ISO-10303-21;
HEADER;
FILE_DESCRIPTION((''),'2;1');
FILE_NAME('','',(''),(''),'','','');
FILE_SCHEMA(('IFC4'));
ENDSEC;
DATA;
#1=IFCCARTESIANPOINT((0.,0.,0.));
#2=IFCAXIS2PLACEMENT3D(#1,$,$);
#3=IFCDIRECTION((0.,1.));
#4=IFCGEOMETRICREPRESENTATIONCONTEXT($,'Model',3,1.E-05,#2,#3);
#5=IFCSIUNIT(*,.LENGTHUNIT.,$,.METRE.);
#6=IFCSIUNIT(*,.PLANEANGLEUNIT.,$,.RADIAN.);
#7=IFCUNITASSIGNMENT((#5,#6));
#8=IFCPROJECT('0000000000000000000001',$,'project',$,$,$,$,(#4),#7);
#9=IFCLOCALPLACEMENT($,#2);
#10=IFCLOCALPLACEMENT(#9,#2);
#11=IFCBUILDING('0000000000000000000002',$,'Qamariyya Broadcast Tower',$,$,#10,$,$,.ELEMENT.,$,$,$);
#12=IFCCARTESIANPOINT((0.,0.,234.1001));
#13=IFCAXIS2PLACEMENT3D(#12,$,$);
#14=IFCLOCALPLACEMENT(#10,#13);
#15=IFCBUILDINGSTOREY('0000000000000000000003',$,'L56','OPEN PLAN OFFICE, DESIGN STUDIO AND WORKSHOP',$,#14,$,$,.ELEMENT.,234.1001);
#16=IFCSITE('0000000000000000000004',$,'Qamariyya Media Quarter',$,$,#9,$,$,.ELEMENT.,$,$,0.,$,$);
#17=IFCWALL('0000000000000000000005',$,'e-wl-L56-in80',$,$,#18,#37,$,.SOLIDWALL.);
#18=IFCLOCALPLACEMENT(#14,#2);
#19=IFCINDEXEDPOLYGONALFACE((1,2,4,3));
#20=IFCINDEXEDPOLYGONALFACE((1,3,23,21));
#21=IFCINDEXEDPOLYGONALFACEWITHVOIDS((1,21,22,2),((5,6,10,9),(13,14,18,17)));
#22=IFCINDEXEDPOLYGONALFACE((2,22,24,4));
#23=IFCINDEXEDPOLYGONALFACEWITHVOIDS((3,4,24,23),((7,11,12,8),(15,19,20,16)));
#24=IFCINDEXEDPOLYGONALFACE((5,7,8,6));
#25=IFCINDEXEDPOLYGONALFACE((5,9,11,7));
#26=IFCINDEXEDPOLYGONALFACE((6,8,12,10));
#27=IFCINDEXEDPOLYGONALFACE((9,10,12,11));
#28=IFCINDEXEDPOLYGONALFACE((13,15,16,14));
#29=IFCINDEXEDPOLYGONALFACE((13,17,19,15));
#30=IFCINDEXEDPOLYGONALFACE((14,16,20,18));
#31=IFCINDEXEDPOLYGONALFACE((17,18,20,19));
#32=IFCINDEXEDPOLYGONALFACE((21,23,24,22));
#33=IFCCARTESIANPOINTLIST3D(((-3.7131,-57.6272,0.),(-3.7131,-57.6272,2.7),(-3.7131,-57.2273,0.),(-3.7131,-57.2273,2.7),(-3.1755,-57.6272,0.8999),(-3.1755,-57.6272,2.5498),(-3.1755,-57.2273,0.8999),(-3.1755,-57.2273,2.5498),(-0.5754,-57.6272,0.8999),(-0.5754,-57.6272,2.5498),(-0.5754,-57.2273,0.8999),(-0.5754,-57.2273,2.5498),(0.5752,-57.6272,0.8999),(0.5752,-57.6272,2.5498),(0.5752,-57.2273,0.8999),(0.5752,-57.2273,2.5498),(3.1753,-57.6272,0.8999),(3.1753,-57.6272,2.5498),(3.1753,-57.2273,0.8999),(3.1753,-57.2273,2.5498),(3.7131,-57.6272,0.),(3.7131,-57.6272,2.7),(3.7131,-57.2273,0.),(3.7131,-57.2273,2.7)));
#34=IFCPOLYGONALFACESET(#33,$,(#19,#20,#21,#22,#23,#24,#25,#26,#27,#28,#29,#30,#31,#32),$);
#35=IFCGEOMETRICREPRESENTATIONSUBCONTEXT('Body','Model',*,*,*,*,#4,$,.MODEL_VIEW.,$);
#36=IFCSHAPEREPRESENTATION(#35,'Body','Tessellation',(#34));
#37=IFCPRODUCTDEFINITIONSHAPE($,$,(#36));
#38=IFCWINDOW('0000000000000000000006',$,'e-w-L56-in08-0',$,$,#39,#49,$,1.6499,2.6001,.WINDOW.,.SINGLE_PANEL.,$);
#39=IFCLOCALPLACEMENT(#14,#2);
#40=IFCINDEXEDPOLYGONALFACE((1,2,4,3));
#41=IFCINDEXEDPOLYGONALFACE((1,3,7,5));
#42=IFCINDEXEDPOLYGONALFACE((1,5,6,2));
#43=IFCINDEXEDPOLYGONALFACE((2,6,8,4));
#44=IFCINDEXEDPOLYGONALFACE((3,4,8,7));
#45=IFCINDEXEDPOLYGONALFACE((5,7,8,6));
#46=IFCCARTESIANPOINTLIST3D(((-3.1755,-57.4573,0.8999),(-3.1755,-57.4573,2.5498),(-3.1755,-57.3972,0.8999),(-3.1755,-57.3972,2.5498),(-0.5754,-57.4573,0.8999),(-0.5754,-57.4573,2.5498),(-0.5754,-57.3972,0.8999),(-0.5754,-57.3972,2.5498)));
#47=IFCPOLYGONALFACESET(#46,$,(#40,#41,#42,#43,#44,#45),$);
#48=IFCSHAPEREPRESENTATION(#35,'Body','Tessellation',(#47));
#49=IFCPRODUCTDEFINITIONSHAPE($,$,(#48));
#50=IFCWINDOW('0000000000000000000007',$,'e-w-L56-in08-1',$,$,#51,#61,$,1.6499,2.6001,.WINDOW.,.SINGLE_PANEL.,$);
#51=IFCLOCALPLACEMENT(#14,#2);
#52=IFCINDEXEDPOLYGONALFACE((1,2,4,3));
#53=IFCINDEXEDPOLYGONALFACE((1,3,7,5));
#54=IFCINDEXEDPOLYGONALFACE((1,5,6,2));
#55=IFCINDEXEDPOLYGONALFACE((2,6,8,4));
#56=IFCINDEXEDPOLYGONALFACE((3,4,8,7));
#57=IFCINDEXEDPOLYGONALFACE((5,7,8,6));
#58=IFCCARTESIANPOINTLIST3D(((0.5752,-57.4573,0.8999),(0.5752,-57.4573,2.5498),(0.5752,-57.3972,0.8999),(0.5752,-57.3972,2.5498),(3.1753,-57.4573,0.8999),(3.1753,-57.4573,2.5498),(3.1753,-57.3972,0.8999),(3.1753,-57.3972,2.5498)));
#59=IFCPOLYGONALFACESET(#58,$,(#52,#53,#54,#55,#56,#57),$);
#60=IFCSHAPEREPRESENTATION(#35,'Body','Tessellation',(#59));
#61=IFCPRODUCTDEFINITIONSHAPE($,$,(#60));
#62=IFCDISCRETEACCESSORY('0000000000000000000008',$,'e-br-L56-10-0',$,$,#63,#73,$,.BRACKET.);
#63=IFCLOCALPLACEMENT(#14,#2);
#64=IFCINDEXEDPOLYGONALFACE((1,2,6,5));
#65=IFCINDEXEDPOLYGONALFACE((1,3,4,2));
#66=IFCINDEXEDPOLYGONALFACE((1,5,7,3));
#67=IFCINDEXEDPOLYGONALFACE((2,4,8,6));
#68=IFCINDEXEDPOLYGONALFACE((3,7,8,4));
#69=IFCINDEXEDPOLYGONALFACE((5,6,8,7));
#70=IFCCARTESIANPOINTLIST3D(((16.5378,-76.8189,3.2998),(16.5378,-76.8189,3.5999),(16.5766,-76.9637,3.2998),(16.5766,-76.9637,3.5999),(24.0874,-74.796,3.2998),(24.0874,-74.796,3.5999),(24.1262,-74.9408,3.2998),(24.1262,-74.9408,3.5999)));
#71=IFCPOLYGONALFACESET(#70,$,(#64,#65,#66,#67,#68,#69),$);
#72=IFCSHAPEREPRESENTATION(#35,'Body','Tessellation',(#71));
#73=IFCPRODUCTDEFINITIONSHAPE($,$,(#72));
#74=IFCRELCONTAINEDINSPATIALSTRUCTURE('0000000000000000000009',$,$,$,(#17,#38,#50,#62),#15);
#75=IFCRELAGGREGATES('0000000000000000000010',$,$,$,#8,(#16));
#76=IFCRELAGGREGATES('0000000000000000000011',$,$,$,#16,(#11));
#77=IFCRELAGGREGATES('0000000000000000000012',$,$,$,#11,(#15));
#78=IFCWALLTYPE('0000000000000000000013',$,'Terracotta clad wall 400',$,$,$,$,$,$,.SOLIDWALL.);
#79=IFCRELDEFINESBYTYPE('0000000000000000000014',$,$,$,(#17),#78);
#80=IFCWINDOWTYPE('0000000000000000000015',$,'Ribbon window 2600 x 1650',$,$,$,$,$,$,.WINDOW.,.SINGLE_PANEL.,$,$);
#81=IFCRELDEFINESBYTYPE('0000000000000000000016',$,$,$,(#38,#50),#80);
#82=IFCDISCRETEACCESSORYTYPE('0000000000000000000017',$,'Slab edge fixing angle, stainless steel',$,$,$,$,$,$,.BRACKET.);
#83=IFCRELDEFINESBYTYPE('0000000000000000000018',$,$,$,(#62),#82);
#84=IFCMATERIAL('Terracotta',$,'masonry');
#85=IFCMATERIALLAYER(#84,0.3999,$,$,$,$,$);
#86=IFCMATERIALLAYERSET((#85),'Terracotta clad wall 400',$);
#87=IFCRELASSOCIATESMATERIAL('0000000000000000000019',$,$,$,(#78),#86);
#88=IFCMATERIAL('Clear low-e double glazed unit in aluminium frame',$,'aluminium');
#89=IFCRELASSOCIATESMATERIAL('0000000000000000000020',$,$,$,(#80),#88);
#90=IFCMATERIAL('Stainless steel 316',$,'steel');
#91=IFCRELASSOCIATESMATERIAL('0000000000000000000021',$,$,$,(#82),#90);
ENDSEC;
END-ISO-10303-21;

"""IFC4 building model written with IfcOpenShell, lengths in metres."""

from ifc_helpers import new_model, si_unit, direction, frame, frame_2d, origin, origin_2d, place, context, subcontext, project, spatial, rectangle, extrude, material, layer, layer_set, type_object, element, fill, save


model = new_model("IFC4")

# Units and contexts
model_context = context("Model", 3, precision=1e-05, world=origin(), true_north=direction((0.0, 1.0)))
body_context = subcontext(model_context, "Body", "Model", "MODEL_VIEW")
ifc_project = project(units=[si_unit("LENGTHUNIT", "METRE"), si_unit("PLANEANGLEUNIT", "RADIAN")], contexts=[model_context])

# Site, building, storey
site_placement = place(None, origin())
site = spatial("IfcSite", under=ifc_project, at=site_placement, Name="Qamariyya Media Quarter", CompositionType="ELEMENT", RefElevation=0.0)
building_placement = place(site_placement, origin())
building = spatial("IfcBuilding", under=site, at=building_placement, Name="Qamariyya Broadcast Tower", CompositionType="ELEMENT")
storey_placement = place(building_placement, frame((0.0, 0.0, 234.1001)))
storey = spatial("IfcBuildingStorey", under=building, at=storey_placement, Name="L56", Description="OPEN PLAN OFFICE, DESIGN STUDIO AND WORKSHOP", CompositionType="ELEMENT", Elevation=234.1001)

# Wall, openings, windows
ifc_material_1 = material(Name="Terracotta", Category="masonry")
ifc_layer_1 = layer(ifc_material_1, 0.3999)
ifc_layer_set_1 = layer_set([ifc_layer_1], Name="Terracotta clad wall 400")
wall_type_1 = type_object("IfcWallType", Name="Terracotta clad wall 400", PredefinedType="SOLIDWALL", material=ifc_layer_set_1)
wall_1_placement = place(storey_placement, frame((3.7131, -57.4272, 0.0), z_axis=(0.0, 0.0, 1.0), x_axis=(-1.0, 0.0, 0.0)))
wall_1 = element("IfcWall", 1, at=wall_1_placement, inside=storey, type_object=wall_type_1, Name="e-wl-L56-in80", PredefinedType="SOLIDWALL", context=body_context, shape_type="SweptSolid", body=[
    extrude(rectangle(XDim=7.4263, YDim=0.3999, at=frame_2d((3.7131, 0.0))), origin(), (0.0, 0.0, 1.0), 2.7),
])
opening_1_placement = place(wall_1_placement, frame((4.2886, 0.0, 0.8999)))
opening_1 = element("IfcOpeningElement", 2, at=opening_1_placement, cuts=wall_1, PredefinedType="OPENING", context=body_context, shape_type="SweptSolid", body=[
    extrude(rectangle(XDim=2.6001, YDim=1.6499, at=frame_2d((1.3, 0.825))), frame((0.0, 0.21, 0.0), z_axis=(0.0, -1.0, 0.0), x_axis=(1.0, 0.0, 0.0)), (0.0, 0.0, 1.0), 0.4199),
])
opening_2_placement = place(wall_1_placement, frame((0.5378, 0.0, 0.8999)))
opening_2 = element("IfcOpeningElement", 3, at=opening_2_placement, cuts=wall_1, PredefinedType="OPENING", context=body_context, shape_type="SweptSolid", body=[
    extrude(rectangle(XDim=2.6001, YDim=1.6499, at=frame_2d((1.3, 0.825))), frame((0.0, 0.21, 0.0), z_axis=(0.0, -1.0, 0.0), x_axis=(1.0, 0.0, 0.0)), (0.0, 0.0, 1.0), 0.4199),
])
ifc_material_2 = material(Name="Clear low-e double glazed unit in aluminium frame", Category="aluminium")
window_type = type_object("IfcWindowType", Name="Ribbon window 2600 x 1650", PartitioningType="SINGLE_PANEL", PredefinedType="WINDOW", material=ifc_material_2)
window_1_placement = place(opening_1_placement, origin())
window_1 = element("IfcWindow", 4, at=window_1_placement, inside=storey, type_object=window_type, Name="e-w-L56-in08-0", OverallHeight=1.6499, OverallWidth=2.6001, PartitioningType="SINGLE_PANEL", PredefinedType="WINDOW", context=body_context, shape_type="SweptSolid", body=[
    extrude(rectangle(XDim=2.6001, YDim=1.6499, at=frame_2d((1.3, 0.825))), frame((0.0, 0.03, 0.0), z_axis=(0.0, -1.0, 0.0), x_axis=(1.0, 0.0, 0.0)), (0.0, 0.0, 1.0), 0.0601),
])
fill(opening_1, window_1)
window_2_placement = place(opening_2_placement, origin())
window_2 = element("IfcWindow", 5, at=window_2_placement, inside=storey, type_object=window_type, Name="e-w-L56-in08-1", OverallHeight=1.6499, OverallWidth=2.6001, PartitioningType="SINGLE_PANEL", PredefinedType="WINDOW", context=body_context, shape_type="SweptSolid", body=[
    extrude(rectangle(XDim=2.6001, YDim=1.6499, at=frame_2d((1.3, 0.825))), frame((0.0, 0.03, 0.0), z_axis=(0.0, -1.0, 0.0), x_axis=(1.0, 0.0, 0.0)), (0.0, 0.0, 1.0), 0.0601),
])
fill(opening_2, window_2)

# Discrete accessory
ifc_material_3 = material(Name="Stainless steel 316", Category="steel")
discrete_accessory_type = type_object("IfcDiscreteAccessoryType", Name="Slab edge fixing angle, stainless steel", PredefinedType="BRACKET", material=ifc_material_3)
discrete_accessory_placement = place(storey_placement, frame((20.332, -75.8799, 3.2998), z_axis=(0.0, 0.0, 1.0), x_axis=(0.965926, 0.258819, 0.0)))
element("IfcDiscreteAccessory", 6, at=discrete_accessory_placement, inside=storey, type_object=discrete_accessory_type, Name="e-br-L56-10-0", PredefinedType="BRACKET", context=body_context, shape_type="SweptSolid", body=[
    extrude(rectangle(XDim=7.8159, YDim=0.1499, at=origin_2d()), origin(), (0.0, 0.0, 1.0), 0.3),
])

save(model, "model.ifc")
